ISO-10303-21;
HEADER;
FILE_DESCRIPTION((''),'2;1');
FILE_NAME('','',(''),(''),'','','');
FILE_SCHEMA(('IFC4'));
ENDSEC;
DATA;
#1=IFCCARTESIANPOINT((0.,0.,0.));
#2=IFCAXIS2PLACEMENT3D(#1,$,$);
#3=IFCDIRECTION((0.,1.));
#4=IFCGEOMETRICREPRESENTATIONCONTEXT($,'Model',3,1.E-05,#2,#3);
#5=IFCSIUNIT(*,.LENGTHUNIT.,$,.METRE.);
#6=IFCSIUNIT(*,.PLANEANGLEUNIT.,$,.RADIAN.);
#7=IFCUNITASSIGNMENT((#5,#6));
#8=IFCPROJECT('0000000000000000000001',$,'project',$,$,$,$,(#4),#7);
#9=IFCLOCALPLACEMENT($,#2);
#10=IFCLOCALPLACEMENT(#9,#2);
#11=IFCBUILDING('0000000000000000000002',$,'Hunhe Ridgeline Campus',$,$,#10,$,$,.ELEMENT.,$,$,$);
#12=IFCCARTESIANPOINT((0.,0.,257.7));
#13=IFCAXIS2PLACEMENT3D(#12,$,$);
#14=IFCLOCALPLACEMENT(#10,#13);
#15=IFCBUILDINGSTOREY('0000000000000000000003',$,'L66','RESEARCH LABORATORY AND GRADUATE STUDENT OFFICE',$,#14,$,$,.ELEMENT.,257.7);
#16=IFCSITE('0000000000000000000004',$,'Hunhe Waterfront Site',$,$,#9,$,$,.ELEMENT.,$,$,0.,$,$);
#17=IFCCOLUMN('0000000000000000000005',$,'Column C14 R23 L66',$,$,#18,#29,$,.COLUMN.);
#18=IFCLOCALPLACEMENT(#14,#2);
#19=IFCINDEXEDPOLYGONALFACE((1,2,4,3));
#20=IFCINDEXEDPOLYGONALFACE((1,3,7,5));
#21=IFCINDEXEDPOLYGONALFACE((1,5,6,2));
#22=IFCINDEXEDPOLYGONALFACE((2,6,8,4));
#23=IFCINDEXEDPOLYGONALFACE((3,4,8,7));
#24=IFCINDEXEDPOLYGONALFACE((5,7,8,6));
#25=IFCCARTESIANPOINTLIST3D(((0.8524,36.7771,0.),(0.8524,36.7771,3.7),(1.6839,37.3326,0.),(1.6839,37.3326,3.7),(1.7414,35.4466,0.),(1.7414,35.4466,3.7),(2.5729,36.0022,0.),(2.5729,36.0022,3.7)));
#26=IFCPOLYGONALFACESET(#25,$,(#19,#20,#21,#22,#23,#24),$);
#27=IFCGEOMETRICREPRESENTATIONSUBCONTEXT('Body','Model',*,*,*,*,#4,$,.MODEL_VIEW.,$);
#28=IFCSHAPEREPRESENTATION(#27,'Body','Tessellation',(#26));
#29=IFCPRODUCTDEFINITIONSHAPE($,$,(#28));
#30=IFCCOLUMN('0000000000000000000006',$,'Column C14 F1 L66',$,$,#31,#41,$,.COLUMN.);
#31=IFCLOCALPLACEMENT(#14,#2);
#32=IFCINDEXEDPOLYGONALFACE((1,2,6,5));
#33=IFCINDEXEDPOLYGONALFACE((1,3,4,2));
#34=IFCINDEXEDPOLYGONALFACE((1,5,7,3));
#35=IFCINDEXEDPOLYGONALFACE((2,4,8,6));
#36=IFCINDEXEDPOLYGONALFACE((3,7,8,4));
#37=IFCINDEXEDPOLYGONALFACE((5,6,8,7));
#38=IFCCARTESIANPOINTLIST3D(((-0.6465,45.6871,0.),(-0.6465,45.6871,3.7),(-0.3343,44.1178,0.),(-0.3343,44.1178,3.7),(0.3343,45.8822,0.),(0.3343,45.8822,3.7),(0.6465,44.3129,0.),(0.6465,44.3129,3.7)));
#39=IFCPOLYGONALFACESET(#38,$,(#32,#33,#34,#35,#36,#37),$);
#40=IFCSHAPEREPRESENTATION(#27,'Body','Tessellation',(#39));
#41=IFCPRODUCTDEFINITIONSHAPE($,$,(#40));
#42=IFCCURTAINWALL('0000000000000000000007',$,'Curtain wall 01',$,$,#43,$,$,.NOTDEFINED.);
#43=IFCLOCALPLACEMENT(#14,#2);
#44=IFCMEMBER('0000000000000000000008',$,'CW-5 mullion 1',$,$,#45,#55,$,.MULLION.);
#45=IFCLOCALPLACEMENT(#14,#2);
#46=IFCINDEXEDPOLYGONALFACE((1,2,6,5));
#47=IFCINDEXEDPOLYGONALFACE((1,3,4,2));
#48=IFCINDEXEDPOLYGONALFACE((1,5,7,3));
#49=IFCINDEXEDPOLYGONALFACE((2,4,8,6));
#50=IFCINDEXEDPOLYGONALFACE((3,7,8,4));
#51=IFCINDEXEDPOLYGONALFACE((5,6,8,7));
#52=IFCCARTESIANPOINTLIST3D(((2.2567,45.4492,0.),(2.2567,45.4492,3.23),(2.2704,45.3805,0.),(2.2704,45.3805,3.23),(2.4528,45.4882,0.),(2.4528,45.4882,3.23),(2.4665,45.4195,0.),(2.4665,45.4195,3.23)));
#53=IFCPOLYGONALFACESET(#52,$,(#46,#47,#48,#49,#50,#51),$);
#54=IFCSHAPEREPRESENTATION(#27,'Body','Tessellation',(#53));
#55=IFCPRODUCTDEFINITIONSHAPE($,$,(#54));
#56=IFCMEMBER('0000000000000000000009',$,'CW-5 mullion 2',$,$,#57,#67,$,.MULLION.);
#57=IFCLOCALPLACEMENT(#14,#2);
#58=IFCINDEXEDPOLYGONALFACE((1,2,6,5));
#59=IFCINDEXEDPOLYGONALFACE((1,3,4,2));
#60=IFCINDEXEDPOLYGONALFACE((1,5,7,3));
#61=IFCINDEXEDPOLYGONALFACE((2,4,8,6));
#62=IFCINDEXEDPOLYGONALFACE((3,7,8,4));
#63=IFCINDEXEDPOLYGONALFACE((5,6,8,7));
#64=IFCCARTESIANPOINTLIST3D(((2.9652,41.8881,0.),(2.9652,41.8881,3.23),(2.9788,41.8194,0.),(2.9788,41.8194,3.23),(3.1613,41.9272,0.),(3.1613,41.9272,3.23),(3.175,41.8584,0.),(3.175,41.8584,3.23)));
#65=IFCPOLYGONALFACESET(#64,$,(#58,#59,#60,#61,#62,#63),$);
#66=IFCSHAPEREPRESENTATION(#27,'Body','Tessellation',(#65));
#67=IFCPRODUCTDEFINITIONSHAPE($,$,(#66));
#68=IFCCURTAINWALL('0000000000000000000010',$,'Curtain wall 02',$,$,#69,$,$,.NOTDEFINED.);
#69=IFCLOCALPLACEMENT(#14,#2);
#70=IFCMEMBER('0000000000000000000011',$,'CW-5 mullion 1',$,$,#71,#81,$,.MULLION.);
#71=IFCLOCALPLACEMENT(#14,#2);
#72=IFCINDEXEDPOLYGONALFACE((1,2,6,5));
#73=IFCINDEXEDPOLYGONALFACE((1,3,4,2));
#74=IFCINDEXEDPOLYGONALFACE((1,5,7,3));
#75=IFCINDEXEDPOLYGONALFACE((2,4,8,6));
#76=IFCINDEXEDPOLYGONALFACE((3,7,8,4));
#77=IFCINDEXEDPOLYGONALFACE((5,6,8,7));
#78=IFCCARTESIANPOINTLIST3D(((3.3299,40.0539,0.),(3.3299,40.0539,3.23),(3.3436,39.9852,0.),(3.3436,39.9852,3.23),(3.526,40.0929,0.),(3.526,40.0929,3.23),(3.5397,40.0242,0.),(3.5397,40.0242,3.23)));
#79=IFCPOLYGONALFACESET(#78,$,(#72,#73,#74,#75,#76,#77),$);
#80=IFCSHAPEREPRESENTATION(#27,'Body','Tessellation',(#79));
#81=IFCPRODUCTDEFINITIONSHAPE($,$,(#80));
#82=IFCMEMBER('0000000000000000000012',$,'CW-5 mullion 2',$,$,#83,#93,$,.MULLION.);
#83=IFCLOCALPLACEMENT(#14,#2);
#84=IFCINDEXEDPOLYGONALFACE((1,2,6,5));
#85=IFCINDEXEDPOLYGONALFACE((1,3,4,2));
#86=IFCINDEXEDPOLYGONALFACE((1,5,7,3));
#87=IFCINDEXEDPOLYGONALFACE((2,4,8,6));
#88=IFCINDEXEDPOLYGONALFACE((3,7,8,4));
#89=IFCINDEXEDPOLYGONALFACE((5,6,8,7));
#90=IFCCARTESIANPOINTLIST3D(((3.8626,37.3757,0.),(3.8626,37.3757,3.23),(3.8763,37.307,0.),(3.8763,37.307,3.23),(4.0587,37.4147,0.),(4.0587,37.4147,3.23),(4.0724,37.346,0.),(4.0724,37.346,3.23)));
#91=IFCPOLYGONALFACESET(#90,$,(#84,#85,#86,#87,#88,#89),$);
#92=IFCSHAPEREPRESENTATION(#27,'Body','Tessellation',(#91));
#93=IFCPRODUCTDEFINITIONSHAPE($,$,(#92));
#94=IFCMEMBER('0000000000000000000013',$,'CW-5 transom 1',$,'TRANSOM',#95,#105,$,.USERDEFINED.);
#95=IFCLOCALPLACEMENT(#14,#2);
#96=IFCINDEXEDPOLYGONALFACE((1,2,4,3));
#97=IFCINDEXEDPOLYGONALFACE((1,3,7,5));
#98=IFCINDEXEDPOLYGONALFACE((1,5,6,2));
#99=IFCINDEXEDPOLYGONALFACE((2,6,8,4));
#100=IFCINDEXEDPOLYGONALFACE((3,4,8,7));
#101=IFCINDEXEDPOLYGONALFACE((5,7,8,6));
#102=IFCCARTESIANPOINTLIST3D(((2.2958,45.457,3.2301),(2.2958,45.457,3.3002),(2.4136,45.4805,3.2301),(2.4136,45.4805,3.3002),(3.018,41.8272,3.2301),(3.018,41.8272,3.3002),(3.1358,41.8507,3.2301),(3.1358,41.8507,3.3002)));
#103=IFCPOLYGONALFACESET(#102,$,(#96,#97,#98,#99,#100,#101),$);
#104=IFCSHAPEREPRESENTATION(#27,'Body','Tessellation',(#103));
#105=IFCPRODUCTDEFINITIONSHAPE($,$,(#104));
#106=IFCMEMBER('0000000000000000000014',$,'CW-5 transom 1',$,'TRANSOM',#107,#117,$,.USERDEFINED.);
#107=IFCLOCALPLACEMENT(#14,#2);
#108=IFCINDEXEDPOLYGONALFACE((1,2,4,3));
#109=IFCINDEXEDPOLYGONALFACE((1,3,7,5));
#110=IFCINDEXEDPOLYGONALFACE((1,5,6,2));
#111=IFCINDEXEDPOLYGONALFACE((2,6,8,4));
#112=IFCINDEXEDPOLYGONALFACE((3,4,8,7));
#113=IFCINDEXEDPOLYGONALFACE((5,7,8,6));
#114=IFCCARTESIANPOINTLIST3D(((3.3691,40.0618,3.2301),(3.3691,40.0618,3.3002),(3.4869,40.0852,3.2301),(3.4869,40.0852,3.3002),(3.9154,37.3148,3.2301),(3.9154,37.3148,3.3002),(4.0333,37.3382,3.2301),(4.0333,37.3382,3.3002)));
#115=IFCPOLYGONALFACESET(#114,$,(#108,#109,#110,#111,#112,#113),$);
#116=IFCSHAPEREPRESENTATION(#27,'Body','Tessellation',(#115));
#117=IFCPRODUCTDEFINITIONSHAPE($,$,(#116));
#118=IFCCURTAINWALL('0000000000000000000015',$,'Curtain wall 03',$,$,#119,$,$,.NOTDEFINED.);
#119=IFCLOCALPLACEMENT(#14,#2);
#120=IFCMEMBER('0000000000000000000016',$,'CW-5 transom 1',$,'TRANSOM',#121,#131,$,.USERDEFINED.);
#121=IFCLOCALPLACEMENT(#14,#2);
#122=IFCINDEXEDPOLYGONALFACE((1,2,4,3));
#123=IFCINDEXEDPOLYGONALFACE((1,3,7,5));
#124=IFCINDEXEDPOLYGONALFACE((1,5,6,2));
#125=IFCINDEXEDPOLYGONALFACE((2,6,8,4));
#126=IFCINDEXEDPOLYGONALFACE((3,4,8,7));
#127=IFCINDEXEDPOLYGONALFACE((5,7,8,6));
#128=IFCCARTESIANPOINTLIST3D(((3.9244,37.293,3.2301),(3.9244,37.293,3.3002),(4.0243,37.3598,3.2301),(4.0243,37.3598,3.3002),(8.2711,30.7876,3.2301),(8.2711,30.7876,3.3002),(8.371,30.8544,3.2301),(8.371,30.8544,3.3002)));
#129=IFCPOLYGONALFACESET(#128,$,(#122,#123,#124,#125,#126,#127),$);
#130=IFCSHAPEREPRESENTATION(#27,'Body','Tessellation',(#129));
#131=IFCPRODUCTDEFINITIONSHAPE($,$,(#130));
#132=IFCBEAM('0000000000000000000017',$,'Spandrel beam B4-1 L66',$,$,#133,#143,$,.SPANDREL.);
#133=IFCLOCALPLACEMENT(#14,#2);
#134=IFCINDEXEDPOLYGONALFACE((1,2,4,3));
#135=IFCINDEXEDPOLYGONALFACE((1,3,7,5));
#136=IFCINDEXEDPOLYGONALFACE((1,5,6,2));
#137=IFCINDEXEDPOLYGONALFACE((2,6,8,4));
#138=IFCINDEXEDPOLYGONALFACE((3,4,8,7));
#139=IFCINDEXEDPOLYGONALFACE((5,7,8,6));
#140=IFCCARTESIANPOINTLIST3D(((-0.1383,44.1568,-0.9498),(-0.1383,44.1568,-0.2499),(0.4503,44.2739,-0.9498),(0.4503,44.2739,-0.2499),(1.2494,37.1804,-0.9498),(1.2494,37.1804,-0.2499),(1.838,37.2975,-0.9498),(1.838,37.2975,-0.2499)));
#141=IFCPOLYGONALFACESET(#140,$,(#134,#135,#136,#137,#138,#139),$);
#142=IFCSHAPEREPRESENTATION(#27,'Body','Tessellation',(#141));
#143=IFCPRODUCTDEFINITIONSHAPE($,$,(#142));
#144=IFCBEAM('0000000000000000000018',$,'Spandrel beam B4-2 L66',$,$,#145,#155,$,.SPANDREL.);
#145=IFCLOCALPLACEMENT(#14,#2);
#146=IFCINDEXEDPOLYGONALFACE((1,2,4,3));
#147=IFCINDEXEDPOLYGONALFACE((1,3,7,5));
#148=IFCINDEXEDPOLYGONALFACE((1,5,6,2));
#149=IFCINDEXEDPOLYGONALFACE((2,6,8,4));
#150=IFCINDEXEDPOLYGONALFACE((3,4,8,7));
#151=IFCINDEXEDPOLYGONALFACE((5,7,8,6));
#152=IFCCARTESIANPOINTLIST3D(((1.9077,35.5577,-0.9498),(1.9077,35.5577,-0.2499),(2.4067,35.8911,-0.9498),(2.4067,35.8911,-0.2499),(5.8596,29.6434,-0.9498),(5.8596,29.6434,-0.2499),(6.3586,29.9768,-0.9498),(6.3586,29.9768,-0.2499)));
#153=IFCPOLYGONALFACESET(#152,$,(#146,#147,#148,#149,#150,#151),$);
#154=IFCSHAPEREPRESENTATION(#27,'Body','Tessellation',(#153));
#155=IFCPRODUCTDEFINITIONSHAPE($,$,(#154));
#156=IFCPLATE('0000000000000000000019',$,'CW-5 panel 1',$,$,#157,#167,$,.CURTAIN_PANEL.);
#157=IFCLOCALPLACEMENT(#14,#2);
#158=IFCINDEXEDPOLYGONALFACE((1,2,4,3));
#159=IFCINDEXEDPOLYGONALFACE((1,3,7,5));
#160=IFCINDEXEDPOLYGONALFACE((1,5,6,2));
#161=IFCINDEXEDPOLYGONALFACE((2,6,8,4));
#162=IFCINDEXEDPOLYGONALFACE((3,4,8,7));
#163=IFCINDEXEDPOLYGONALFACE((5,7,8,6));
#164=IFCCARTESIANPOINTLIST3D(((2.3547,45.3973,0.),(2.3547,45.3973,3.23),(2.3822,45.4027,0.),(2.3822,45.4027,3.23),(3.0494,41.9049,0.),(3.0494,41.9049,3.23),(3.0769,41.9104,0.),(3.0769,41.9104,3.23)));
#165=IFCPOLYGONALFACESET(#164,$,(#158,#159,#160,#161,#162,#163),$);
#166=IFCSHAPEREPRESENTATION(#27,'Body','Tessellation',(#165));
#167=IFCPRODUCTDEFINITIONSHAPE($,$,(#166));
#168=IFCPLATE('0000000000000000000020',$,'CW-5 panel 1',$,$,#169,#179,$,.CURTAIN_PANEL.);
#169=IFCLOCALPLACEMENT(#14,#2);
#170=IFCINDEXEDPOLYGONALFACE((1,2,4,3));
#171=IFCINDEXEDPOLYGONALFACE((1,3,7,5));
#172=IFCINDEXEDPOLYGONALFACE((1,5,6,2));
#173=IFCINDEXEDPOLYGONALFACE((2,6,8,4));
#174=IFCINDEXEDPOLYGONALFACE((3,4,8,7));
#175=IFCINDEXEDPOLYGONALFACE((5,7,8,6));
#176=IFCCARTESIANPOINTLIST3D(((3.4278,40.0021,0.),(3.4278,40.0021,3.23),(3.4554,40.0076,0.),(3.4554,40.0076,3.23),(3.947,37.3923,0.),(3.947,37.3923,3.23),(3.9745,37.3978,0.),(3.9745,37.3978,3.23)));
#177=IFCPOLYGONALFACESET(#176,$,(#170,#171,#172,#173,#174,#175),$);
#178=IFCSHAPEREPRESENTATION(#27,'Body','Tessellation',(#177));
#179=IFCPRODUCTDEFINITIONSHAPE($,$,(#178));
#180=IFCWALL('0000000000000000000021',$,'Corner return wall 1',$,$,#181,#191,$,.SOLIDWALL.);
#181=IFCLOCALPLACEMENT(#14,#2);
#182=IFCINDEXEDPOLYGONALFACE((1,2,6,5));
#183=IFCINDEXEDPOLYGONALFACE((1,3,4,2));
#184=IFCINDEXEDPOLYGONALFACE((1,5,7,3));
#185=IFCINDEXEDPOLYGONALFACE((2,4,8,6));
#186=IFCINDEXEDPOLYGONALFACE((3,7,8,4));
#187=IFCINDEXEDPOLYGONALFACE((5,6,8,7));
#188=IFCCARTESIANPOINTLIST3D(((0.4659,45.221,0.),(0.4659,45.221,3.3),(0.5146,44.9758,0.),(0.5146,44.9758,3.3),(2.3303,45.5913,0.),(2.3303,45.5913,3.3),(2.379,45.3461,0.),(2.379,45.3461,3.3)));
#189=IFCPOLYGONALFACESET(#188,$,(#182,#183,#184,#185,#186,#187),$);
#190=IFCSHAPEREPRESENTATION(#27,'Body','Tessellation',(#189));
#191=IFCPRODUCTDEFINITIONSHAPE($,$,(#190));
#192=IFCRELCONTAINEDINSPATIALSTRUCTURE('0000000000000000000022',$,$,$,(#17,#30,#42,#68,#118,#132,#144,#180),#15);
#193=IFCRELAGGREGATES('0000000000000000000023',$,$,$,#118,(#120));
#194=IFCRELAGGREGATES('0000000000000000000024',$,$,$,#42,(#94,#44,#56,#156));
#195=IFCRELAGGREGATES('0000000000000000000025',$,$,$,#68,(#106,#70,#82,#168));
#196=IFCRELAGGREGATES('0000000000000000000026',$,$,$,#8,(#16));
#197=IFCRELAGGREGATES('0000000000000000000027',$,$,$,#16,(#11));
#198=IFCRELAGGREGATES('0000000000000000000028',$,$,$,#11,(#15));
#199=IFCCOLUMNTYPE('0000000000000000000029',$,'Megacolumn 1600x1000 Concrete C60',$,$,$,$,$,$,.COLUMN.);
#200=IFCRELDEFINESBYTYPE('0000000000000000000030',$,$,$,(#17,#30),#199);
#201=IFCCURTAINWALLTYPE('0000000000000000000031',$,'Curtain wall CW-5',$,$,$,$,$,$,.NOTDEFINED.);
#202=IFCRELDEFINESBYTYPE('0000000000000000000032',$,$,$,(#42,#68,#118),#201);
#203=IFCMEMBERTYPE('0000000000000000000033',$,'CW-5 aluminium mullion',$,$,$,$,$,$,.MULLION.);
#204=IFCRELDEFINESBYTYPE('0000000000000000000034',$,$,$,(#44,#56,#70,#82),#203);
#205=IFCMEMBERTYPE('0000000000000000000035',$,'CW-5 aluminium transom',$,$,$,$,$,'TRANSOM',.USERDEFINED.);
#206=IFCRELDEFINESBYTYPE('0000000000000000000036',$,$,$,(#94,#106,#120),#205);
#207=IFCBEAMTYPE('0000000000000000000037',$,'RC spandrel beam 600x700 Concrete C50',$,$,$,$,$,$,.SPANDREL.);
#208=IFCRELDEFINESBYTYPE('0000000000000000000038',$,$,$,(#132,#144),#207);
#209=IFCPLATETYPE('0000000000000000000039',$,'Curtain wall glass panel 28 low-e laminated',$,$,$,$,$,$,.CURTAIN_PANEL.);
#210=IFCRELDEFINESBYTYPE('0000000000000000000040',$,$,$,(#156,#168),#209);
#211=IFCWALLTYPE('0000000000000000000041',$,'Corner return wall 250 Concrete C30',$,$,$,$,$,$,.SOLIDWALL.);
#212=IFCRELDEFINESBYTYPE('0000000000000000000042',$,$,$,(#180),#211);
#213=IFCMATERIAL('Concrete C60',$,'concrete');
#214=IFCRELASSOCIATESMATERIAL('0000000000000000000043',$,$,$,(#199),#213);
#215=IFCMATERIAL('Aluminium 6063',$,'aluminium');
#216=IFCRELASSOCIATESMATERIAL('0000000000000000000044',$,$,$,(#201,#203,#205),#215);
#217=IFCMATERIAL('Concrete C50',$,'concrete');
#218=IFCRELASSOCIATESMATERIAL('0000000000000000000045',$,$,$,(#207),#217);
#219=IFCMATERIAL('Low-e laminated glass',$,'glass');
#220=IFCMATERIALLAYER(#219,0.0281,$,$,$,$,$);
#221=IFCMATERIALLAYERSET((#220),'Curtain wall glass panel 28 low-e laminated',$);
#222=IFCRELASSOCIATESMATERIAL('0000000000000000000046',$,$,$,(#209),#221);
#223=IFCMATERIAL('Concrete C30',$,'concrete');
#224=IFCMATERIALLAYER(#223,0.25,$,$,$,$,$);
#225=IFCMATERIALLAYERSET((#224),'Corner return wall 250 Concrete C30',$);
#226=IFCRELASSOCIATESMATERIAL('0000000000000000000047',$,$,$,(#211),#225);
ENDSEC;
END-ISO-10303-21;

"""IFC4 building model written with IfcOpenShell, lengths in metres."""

from ifc_helpers import new_model, si_unit, direction, frame, frame_2d, origin, origin_2d, place, context, subcontext, project, spatial, rectangle, extrude, material, layer, layer_set, material_profile, profile_set, type_object, element, aggregate, save


model = new_model("IFC4")

# Units and contexts
model_context = context("Model", 3, precision=1e-05, world=origin(), true_north=direction((0.0, 1.0)))
body_context = subcontext(model_context, "Body", "Model", "MODEL_VIEW")
ifc_project = project(units=[si_unit("LENGTHUNIT", "METRE"), si_unit("PLANEANGLEUNIT", "RADIAN")], contexts=[model_context])

# Site, building, storey
site_placement = place(None, origin())
site = spatial("IfcSite", under=ifc_project, at=site_placement, Name="Hunhe Waterfront Site", CompositionType="ELEMENT", RefElevation=0.0)
building_placement = place(site_placement, origin())
building = spatial("IfcBuilding", under=site, at=building_placement, Name="Hunhe Ridgeline Campus", CompositionType="ELEMENT")
storey_placement = place(building_placement, frame((0.0, 0.0, 257.7)))
storey = spatial("IfcBuildingStorey", under=building, at=storey_placement, Name="L66", Description="RESEARCH LABORATORY AND GRADUATE STUDENT OFFICE", CompositionType="ELEMENT", Elevation=257.7)

# Columns
ifc_material_1 = material(Name="Concrete C60", Category="concrete")
ifc_material_profile_1 = material_profile(ifc_material_1, rectangle(XDim=1.6001, YDim=1.0, at=origin_2d()))
ifc_profile_set_1 = profile_set([ifc_material_profile_1], Name="Concrete C60")
column_type = type_object("IfcColumnType", Name="Megacolumn 1600x1000 Concrete C60", PredefinedType="COLUMN", material=ifc_profile_set_1)
for number, where, z_axis, x_axis, name in (
    (1, (1.7126, 36.3896, 0.0), (0.0, 0.0, 1.0), (-0.55557, 0.83147, 0.0), "Column C14 R23 L66"),
    (2, (0.0, 45.0, 0.0), (0.0, 0.0, 1.0), (-0.19509, 0.980785, 0.0), "Column C14 F1 L66"),
):
    element("IfcColumn", number, at=place(storey_placement, frame(where, z_axis=z_axis, x_axis=x_axis)), inside=storey, type_object=column_type, Name=name, PredefinedType="COLUMN", context=body_context, shape_type="SweptSolid", body=[
        extrude(rectangle(XDim=1.6001, YDim=1.0, at=origin_2d()), origin(), (0.0, 0.0, 1.0), 3.7),
    ])

# Curtain walls, members
ifc_material_2 = material(Name="Aluminium 6063", Category="aluminium")
curtain_wall_type = type_object("IfcCurtainWallType", Name="Curtain wall CW-5", PredefinedType="NOTDEFINED", material=ifc_material_2)
curtain_wall_1_placement = place(storey_placement, origin())
curtain_wall_1 = element("IfcCurtainWall", 3, at=curtain_wall_1_placement, inside=storey, type_object=curtain_wall_type, Name="Curtain wall 01", PredefinedType="NOTDEFINED")
ifc_material_profile_2 = material_profile(ifc_material_2, rectangle(XDim=0.2, YDim=0.0701, at=origin_2d()))
ifc_profile_set_2 = profile_set([ifc_material_profile_2], Name="Aluminium 6063")
member_type_1 = type_object("IfcMemberType", Name="CW-5 aluminium mullion", PredefinedType="MULLION", material=ifc_profile_set_2)
member_1_placement = place(storey_placement, frame((2.3616, 45.4343, 0.0), z_axis=(0.0, 0.0, 1.0), x_axis=(0.980784, 0.195095, 0.0)))
member_1 = element("IfcMember", 4, at=member_1_placement, type_object=member_type_1, Name="CW-5 mullion 1", PredefinedType="MULLION", context=body_context, shape_type="SweptSolid", body=[
    extrude(rectangle(XDim=0.2, YDim=0.0701, at=origin_2d()), origin(), (0.0, 0.0, 1.0), 3.23),
])
member_2_placement = place(storey_placement, frame((3.0701, 41.8733, 0.0), z_axis=(0.0, 0.0, 1.0), x_axis=(0.980784, 0.195095, 0.0)))
member_2 = element("IfcMember", 5, at=member_2_placement, type_object=member_type_1, Name="CW-5 mullion 2", PredefinedType="MULLION", context=body_context, shape_type="SweptSolid", body=[
    extrude(rectangle(XDim=0.2, YDim=0.0701, at=origin_2d()), origin(), (0.0, 0.0, 1.0), 3.23),
])
curtain_wall_2_placement = place(storey_placement, origin())
curtain_wall_2 = element("IfcCurtainWall", 6, at=curtain_wall_2_placement, inside=storey, type_object=curtain_wall_type, Name="Curtain wall 02", PredefinedType="NOTDEFINED")
member_3_placement = place(storey_placement, frame((3.4348, 40.0391, 0.0), z_axis=(0.0, 0.0, 1.0), x_axis=(0.980784, 0.195095, 0.0)))
member_3 = element("IfcMember", 7, at=member_3_placement, type_object=member_type_1, Name="CW-5 mullion 1", PredefinedType="MULLION", context=body_context, shape_type="SweptSolid", body=[
    extrude(rectangle(XDim=0.2, YDim=0.0701, at=origin_2d()), origin(), (0.0, 0.0, 1.0), 3.23),
])
member_4_placement = place(storey_placement, frame((3.9675, 37.3608, 0.0), z_axis=(0.0, 0.0, 1.0), x_axis=(0.980784, 0.195095, 0.0)))
member_4 = element("IfcMember", 8, at=member_4_placement, type_object=member_type_1, Name="CW-5 mullion 2", PredefinedType="MULLION", context=body_context, shape_type="SweptSolid", body=[
    extrude(rectangle(XDim=0.2, YDim=0.0701, at=origin_2d()), origin(), (0.0, 0.0, 1.0), 3.23),
])

# Members
ifc_material_profile_3 = material_profile(ifc_material_2, rectangle(XDim=0.1201, YDim=0.0701, at=origin_2d()))
ifc_profile_set_3 = profile_set([ifc_material_profile_3], Name="Aluminium 6063")
member_type_2 = type_object("IfcMemberType", Name="CW-5 aluminium transom", ElementType="TRANSOM", PredefinedType="USERDEFINED", material=ifc_profile_set_3)
member_5_placement = place(storey_placement, frame((2.3547, 45.4688, 3.2651), z_axis=(0.195127, -0.980778, 0.0), x_axis=(0.980778, 0.195127, 0.0)))
member_5 = element("IfcMember", 9, at=member_5_placement, type_object=member_type_2, Name="CW-5 transom 1", ObjectType="TRANSOM", PredefinedType="USERDEFINED", context=body_context, shape_type="SweptSolid", body=[
    extrude(rectangle(XDim=0.1201, YDim=0.0701, at=origin_2d()), origin(), (0.0, 0.0, 1.0), 3.7009),
])
member_6_placement = place(storey_placement, frame((3.428, 40.0735, 3.2651), z_axis=(0.195077, -0.980788, 0.0), x_axis=(0.980788, 0.195077, 0.0)))
member_6 = element("IfcMember", 10, at=member_6_placement, type_object=member_type_2, Name="CW-5 transom 1", ObjectType="TRANSOM", PredefinedType="USERDEFINED", context=body_context, shape_type="SweptSolid", body=[
    extrude(rectangle(XDim=0.1201, YDim=0.0701, at=origin_2d()), origin(), (0.0, 0.0, 1.0), 2.8008),
])

# Curtain wall, member
curtain_wall_3_placement = place(storey_placement, origin())
curtain_wall_3 = element("IfcCurtainWall", 11, at=curtain_wall_3_placement, inside=storey, type_object=curtain_wall_type, Name="Curtain wall 03", PredefinedType="NOTDEFINED")
member_7_placement = place(storey_placement, frame((3.9744, 37.3264, 3.2651), z_axis=(0.555564, -0.831474, 0.0), x_axis=(0.831474, 0.555564, 0.0)))
member_7 = element("IfcMember", 12, at=member_7_placement, type_object=member_type_2, Name="CW-5 transom 1", ObjectType="TRANSOM", PredefinedType="USERDEFINED", context=body_context, shape_type="SweptSolid", body=[
    extrude(rectangle(XDim=0.1201, YDim=0.0701, at=origin_2d()), origin(), (0.0, 0.0, 1.0), 7.824),
])
aggregate(curtain_wall_3, [member_7])

# Beams
ifc_material_3 = material(Name="Concrete C50", Category="concrete")
ifc_material_profile_4 = material_profile(ifc_material_3, rectangle(XDim=0.6001, YDim=0.7, at=origin_2d()))
ifc_profile_set_4 = profile_set([ifc_material_profile_4], Name="Concrete C50")
beam_type = type_object("IfcBeamType", Name="RC spandrel beam 600x700 Concrete C50", PredefinedType="SPANDREL", material=ifc_profile_set_4)
for number, where, z_axis, x_axis, name in (
    (13, (0.156, 44.2153, -0.5999), (0.195093, -0.980785, 0.0), (0.980785, 0.195093, 0.0), "Spandrel beam B4-1 L66"),
    (14, (2.1572, 35.7244, -0.5999), (0.555579, -0.831464, 0.0), (0.831464, 0.555579, 0.0), "Spandrel beam B4-2 L66"),
):
    element("IfcBeam", number, at=place(storey_placement, frame(where, z_axis=z_axis, x_axis=x_axis)), inside=storey, type_object=beam_type, Name=name, PredefinedType="SPANDREL", context=body_context, shape_type="SweptSolid", body=[
        extrude(rectangle(XDim=0.6001, YDim=0.7, at=origin_2d()), origin(), (0.0, 0.0, 1.0), 7.113),
    ])

# Plates
ifc_material_4 = material(Name="Low-e laminated glass", Category="glass")
ifc_layer_1 = layer(ifc_material_4, 0.0281)
ifc_layer_set_1 = layer_set([ifc_layer_1], Name="Curtain wall glass panel 28 low-e laminated")
plate_type = type_object("IfcPlateType", Name="Curtain wall glass panel 28 low-e laminated", PredefinedType="CURTAIN_PANEL", material=ifc_layer_set_1)
plate_1_placement = place(storey_placement, frame((2.7158, 43.6538, 0.0), z_axis=(0.0, 0.0, 1.0), x_axis=(0.195095, -0.980784, 0.0)))
plate_1 = element("IfcPlate", 15, at=plate_1_placement, type_object=plate_type, Name="CW-5 panel 1", PredefinedType="CURTAIN_PANEL", context=body_context, shape_type="SweptSolid", body=[
    extrude(rectangle(XDim=3.5608, YDim=0.0281, at=origin_2d()), origin(), (0.0, 0.0, 1.0), 3.23),
])
aggregate(curtain_wall_1, [member_5, member_1, member_2, plate_1])
plate_2_placement = place(storey_placement, frame((3.7012, 38.7, 0.0), z_axis=(0.0, 0.0, 1.0), x_axis=(0.195095, -0.980784, 0.0)))
plate_2 = element("IfcPlate", 16, at=plate_2_placement, type_object=plate_type, Name="CW-5 panel 1", PredefinedType="CURTAIN_PANEL", context=body_context, shape_type="SweptSolid", body=[
    extrude(rectangle(XDim=2.6609, YDim=0.0281, at=origin_2d()), origin(), (0.0, 0.0, 1.0), 3.23),
])
aggregate(curtain_wall_2, [member_6, member_3, member_4, plate_2])

# Wall
ifc_material_5 = material(Name="Concrete C30", Category="concrete")
ifc_layer_2 = layer(ifc_material_5, 0.25)
ifc_layer_set_2 = layer_set([ifc_layer_2], Name="Corner return wall 250 Concrete C30")
wall_type_1 = type_object("IfcWallType", Name="Corner return wall 250 Concrete C30", PredefinedType="SOLIDWALL", material=ifc_layer_set_2)
wall_1_placement = place(storey_placement, frame((0.4902, 45.0984, 0.0), z_axis=(0.0, 0.0, 1.0), x_axis=(0.980837, 0.194832, 0.0)))
element("IfcWall", 17, at=wall_1_placement, inside=storey, type_object=wall_type_1, Name="Corner return wall 1", PredefinedType="SOLIDWALL", context=body_context, shape_type="SweptSolid", body=[
    extrude(rectangle(XDim=1.9009, YDim=0.25, at=frame_2d((0.9504, 0.0))), origin(), (0.0, 0.0, 1.0), 3.3),
])

save(model, "model.ifc")
